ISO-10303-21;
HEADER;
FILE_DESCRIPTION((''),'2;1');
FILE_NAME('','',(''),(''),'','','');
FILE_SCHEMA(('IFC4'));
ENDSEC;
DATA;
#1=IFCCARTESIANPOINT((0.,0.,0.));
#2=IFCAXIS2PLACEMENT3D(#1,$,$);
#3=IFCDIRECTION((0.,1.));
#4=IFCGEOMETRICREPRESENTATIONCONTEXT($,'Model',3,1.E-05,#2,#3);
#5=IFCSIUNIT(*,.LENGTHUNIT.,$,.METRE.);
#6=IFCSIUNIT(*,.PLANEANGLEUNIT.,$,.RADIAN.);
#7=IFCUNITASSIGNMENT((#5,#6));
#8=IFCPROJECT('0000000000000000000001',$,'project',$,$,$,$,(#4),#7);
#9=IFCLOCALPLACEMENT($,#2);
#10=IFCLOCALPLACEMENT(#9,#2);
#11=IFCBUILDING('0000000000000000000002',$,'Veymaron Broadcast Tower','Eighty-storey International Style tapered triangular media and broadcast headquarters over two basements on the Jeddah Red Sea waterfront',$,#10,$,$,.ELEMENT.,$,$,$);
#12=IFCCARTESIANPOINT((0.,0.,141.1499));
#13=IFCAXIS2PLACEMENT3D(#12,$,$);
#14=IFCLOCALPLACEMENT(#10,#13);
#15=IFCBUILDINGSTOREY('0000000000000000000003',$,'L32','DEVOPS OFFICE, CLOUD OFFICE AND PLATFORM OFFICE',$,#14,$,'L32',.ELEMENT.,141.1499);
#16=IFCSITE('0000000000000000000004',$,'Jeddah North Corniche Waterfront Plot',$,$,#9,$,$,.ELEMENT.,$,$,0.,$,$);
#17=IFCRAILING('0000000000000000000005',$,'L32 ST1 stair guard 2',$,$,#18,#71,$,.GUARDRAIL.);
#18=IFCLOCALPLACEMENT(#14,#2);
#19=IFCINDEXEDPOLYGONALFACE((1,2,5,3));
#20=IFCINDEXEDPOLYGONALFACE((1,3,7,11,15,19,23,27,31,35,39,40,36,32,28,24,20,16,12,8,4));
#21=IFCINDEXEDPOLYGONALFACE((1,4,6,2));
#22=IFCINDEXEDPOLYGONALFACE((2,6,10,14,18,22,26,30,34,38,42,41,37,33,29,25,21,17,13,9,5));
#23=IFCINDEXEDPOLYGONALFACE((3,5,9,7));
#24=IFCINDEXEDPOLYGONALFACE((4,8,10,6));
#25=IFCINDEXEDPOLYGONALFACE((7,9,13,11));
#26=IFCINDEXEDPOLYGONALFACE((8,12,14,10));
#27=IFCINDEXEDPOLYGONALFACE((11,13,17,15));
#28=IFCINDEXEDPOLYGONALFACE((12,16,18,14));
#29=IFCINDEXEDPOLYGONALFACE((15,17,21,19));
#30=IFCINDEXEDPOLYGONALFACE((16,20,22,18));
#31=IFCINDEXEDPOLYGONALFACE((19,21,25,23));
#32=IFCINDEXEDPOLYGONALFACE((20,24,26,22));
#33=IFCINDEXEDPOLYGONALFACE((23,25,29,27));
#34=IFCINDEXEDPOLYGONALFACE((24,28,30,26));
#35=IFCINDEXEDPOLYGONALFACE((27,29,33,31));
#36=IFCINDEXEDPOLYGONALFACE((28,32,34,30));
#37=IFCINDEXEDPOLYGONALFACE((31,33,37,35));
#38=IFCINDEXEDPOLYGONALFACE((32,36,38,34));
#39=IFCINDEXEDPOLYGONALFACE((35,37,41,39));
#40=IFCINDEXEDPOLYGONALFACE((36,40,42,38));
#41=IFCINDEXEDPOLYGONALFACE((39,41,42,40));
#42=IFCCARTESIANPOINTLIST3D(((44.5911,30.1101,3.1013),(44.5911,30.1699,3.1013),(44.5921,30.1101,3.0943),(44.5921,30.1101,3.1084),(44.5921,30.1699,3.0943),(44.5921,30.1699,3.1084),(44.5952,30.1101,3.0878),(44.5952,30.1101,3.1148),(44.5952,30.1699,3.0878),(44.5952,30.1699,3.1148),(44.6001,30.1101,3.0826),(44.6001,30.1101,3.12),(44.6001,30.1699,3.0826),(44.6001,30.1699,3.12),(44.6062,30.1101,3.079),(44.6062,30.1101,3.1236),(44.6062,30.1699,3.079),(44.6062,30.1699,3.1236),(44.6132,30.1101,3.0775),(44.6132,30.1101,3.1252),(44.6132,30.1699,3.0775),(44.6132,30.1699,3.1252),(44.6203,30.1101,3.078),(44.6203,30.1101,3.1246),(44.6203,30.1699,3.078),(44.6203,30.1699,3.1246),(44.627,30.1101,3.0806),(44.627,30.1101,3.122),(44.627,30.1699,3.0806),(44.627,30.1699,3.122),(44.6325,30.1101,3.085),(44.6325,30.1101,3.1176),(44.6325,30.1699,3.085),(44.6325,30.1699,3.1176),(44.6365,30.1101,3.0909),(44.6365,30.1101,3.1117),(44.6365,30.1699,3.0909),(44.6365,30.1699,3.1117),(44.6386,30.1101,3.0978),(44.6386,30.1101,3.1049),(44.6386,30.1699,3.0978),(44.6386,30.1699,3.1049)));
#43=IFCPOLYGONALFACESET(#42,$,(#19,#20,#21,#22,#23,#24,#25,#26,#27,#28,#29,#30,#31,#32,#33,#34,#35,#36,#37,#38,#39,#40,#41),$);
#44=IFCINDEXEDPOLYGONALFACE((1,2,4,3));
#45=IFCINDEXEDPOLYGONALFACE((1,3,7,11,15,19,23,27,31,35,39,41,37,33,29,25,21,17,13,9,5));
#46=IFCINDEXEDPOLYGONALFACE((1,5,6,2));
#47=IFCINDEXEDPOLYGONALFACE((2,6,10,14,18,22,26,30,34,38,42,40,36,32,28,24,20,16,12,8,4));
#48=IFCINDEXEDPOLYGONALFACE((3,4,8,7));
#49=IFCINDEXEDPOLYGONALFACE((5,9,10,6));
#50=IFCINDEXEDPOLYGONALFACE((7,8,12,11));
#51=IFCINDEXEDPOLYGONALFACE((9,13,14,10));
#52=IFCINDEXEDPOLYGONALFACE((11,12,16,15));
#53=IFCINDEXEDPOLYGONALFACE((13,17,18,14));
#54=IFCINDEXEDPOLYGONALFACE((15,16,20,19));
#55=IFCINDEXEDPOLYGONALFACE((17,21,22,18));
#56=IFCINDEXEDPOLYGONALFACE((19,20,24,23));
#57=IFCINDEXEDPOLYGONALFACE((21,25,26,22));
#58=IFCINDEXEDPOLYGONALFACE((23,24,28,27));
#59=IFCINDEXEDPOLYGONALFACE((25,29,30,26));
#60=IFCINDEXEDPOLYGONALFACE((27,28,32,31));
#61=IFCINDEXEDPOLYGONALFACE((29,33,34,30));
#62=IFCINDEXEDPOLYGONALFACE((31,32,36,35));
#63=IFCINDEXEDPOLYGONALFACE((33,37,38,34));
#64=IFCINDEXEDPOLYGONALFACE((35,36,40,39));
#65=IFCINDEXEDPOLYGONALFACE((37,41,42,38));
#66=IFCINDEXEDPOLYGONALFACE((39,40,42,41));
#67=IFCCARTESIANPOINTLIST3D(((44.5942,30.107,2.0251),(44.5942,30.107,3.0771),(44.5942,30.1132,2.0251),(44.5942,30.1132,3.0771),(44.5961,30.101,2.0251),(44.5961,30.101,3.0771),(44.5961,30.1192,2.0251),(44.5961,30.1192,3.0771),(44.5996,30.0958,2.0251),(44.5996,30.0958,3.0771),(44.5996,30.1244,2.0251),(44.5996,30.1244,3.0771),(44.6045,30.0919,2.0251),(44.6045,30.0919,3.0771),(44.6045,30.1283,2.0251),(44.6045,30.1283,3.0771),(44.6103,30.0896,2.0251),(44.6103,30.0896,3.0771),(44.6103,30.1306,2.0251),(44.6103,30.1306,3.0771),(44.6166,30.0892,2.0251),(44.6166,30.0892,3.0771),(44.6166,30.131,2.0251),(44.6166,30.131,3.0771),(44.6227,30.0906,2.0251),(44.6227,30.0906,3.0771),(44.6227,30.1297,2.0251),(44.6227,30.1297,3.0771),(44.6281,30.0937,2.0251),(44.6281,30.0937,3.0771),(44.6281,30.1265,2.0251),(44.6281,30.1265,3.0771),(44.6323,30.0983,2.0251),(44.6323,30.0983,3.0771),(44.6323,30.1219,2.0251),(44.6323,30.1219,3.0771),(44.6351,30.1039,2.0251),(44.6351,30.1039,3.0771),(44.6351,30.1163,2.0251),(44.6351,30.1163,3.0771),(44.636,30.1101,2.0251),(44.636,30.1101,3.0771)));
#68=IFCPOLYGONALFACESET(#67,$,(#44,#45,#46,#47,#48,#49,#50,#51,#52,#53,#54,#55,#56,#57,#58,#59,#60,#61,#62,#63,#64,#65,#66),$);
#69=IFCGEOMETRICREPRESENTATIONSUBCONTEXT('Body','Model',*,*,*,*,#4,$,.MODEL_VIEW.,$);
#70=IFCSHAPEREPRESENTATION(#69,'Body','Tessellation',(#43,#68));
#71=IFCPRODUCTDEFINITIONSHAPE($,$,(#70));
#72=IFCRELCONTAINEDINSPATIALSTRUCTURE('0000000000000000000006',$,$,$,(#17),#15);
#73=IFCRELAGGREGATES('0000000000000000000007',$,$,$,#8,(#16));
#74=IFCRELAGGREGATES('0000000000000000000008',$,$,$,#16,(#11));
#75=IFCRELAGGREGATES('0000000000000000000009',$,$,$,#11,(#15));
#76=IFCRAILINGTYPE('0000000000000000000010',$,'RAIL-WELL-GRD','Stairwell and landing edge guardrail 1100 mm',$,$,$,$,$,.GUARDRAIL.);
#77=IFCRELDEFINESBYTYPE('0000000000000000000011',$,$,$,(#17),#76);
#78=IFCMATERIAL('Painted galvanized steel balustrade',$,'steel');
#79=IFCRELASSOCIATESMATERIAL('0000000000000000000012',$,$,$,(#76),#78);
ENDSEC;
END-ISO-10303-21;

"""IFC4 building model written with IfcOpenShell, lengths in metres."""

from ifc_helpers import new_model, si_unit, direction, frame, origin, origin_2d, place, context, subcontext, project, spatial, circle, extrude, material, type_object, element, save


model = new_model("IFC4")

# Units and contexts
model_context = context("Model", 3, precision=1e-05, world=origin(), true_north=direction((0.0, 1.0)))
body_context = subcontext(model_context, "Body", "Model", "MODEL_VIEW")
ifc_project = project(units=[si_unit("LENGTHUNIT", "METRE"), si_unit("PLANEANGLEUNIT", "RADIAN")], contexts=[model_context])

# Site, building, storey
site_placement = place(None, origin())
site = spatial("IfcSite", under=ifc_project, at=site_placement, Name="Jeddah North Corniche Waterfront Plot", CompositionType="ELEMENT", RefElevation=0.0)
building_placement = place(site_placement, origin())
building = spatial("IfcBuilding", under=site, at=building_placement, Name="Veymaron Broadcast Tower", Description="Eighty-storey International Style tapered triangular media and broadcast headquarters over two basements on the Jeddah Red Sea waterfront", CompositionType="ELEMENT")
storey_placement = place(building_placement, frame((0.0, 0.0, 141.1499)))
storey = spatial("IfcBuildingStorey", under=building, at=storey_placement, Name="L32", Description="DEVOPS OFFICE, CLOUD OFFICE AND PLATFORM OFFICE", LongName="L32", CompositionType="ELEMENT", Elevation=141.1499)

# Railing
ifc_material_1 = material(Name="Painted galvanized steel balustrade", Category="steel")
railing_type_1 = type_object("IfcRailingType", Name="RAIL-WELL-GRD", Description="Stairwell and landing edge guardrail 1100 mm", PredefinedType="GUARDRAIL", material=ifc_material_1)
railing_1_placement = place(storey_placement, frame((44.615, 30.1101, 2.0251)))
element("IfcRailing", 1, at=railing_1_placement, inside=storey, type_object=railing_type_1, Name="L32 ST1 stair guard 2", PredefinedType="GUARDRAIL", context=body_context, shape_type="SweptSolid", body=[
    extrude(circle(Radius=0.0239, at=origin_2d()), frame((0.0, 0.0, 1.0762), z_axis=(0.0, 1.0, 0.0), x_axis=(-1.0, 0.0, 0.0)), (0.0, 0.0, 1.0), 0.0598),
    extrude(circle(Radius=0.021, at=origin_2d()), origin(), (0.0, 0.0, 1.0), 1.052),
])

save(model, "model.ifc")
